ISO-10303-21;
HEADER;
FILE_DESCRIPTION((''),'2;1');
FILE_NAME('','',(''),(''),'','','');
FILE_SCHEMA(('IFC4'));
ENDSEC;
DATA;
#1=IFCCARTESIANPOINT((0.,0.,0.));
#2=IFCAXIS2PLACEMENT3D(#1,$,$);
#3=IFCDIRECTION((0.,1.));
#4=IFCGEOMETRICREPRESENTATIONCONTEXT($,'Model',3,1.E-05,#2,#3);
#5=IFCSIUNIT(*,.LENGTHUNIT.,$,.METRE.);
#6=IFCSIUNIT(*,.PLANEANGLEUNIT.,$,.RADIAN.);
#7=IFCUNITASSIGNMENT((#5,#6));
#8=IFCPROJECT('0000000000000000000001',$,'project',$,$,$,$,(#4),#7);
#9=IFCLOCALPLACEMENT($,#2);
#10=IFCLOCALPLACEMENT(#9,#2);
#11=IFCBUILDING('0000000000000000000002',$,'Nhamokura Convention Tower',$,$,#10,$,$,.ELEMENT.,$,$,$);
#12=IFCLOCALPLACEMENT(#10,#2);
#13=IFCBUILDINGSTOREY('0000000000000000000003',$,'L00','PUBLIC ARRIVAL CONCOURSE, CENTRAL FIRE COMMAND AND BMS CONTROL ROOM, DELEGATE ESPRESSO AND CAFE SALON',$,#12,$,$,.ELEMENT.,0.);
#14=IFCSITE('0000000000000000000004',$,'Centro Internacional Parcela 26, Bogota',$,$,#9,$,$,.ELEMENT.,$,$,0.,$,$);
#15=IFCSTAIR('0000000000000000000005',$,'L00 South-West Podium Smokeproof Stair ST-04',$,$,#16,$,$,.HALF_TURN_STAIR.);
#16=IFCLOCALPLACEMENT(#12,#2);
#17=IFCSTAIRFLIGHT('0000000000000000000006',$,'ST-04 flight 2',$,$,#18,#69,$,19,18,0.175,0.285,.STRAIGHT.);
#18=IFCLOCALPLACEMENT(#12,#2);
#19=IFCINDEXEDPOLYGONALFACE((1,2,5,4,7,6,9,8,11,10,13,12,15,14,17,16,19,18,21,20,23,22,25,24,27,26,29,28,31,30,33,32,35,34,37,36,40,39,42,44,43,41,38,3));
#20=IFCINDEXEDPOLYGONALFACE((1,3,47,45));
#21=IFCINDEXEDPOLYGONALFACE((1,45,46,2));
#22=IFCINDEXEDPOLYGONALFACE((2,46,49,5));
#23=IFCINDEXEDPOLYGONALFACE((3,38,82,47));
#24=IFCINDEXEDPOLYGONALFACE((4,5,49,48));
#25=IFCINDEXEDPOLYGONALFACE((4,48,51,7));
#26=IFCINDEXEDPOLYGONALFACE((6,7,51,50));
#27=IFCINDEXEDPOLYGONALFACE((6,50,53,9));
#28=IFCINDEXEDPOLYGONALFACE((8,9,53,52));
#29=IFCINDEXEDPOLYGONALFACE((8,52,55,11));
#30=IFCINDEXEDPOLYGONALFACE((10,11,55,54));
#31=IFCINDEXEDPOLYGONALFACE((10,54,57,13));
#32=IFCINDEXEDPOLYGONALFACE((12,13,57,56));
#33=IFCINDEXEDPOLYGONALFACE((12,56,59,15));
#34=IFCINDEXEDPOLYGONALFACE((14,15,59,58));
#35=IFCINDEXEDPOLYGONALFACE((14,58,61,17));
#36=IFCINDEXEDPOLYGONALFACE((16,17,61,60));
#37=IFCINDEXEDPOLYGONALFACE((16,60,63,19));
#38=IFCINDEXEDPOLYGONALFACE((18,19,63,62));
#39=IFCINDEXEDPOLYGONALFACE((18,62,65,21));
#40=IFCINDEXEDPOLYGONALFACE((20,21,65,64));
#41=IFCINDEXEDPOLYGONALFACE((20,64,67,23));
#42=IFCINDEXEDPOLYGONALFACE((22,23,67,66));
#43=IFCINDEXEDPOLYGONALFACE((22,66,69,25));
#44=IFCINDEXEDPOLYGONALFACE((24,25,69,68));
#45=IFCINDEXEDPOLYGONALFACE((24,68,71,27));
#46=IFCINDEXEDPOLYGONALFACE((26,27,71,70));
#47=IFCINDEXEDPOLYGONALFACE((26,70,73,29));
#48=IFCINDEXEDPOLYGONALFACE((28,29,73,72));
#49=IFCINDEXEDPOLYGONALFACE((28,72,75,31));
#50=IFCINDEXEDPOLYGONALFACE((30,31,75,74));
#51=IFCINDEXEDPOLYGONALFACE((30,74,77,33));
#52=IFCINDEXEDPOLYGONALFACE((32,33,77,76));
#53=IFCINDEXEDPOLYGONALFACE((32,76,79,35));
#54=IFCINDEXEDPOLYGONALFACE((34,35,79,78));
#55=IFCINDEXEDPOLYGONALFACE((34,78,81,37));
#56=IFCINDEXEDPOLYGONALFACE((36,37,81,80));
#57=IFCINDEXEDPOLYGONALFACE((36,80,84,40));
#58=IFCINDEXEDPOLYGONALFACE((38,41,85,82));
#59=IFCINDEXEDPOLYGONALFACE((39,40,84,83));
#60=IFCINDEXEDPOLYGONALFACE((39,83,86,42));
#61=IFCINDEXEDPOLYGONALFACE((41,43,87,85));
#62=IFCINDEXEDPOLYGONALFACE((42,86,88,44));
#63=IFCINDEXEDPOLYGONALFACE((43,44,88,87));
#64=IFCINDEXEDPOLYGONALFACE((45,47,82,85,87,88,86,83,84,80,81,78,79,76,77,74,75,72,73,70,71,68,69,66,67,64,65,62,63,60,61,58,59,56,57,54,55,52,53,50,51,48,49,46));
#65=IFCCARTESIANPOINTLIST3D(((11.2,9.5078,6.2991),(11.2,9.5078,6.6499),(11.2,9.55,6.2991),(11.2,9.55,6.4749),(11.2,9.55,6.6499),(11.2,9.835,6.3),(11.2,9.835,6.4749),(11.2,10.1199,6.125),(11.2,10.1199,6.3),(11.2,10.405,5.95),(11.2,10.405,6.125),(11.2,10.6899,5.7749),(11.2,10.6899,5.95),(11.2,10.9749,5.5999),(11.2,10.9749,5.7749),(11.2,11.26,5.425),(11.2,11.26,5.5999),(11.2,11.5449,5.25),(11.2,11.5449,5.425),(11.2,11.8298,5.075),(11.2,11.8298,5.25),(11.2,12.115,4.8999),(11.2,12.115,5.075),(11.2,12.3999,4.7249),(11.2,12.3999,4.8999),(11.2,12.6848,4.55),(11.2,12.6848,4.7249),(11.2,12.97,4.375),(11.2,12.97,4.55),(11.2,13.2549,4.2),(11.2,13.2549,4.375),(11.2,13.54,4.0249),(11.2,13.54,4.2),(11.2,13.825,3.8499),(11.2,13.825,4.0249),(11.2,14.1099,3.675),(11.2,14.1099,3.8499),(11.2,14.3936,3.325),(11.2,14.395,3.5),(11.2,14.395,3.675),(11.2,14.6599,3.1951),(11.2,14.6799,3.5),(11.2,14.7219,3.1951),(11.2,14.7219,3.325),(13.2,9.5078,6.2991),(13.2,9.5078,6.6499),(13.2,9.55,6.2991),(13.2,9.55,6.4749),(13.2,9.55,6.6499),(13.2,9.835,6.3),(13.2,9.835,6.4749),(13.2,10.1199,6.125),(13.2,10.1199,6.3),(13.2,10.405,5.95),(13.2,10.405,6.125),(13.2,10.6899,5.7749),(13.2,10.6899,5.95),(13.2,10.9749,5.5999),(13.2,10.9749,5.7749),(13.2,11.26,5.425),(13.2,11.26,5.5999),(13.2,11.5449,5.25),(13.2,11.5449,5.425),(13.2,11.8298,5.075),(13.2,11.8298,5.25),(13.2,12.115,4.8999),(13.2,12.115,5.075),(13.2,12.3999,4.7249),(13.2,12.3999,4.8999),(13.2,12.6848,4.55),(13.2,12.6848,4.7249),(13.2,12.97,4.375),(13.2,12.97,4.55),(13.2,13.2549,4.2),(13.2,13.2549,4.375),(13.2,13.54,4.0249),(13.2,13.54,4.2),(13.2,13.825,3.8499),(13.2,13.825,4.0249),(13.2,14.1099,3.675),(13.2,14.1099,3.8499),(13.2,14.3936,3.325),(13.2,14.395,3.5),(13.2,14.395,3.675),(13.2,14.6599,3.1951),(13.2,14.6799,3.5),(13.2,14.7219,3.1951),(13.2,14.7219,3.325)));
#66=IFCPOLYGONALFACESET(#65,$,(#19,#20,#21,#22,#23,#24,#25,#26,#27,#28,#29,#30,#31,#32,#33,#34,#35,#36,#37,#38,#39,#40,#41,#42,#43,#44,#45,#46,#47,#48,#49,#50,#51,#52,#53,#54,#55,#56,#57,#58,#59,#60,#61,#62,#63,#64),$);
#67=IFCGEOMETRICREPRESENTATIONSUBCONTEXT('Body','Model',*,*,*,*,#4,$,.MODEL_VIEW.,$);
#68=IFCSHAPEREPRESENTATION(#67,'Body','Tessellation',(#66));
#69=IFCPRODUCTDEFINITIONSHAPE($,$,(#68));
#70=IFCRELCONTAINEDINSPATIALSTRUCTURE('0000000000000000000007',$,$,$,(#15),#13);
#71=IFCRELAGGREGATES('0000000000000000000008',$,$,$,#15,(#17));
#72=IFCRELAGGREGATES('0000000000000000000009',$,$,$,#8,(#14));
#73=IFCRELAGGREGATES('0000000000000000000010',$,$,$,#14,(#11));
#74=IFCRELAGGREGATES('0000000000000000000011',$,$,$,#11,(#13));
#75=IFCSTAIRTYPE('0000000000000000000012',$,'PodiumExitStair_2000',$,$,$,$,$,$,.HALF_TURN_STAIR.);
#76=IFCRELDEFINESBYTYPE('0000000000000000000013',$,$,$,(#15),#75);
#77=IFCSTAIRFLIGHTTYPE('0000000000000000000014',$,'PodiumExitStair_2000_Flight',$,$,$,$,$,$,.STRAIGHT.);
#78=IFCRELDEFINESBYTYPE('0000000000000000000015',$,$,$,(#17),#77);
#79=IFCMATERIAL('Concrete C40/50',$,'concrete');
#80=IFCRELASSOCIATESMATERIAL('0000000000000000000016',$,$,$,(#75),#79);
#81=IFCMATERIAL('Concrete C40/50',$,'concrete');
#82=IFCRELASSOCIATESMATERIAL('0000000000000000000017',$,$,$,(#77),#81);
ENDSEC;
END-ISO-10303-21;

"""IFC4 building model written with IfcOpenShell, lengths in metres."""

from ifc_helpers import new_model, si_unit, direction, frame, origin, place, context, subcontext, project, spatial, polyline, outline, extrude, material, type_object, element, aggregate, save


model = new_model("IFC4")

# Units and contexts
model_context = context("Model", 3, precision=1e-05, world=origin(), true_north=direction((0.0, 1.0)))
body_context = subcontext(model_context, "Body", "Model", "MODEL_VIEW")
ifc_project = project(units=[si_unit("LENGTHUNIT", "METRE"), si_unit("PLANEANGLEUNIT", "RADIAN")], contexts=[model_context])

# Site, building, storey
site_placement = place(None, origin())
site = spatial("IfcSite", under=ifc_project, at=site_placement, Name="Centro Internacional Parcela 26, Bogota", CompositionType="ELEMENT", RefElevation=0.0)
building_placement = place(site_placement, origin())
building = spatial("IfcBuilding", under=site, at=building_placement, Name="Nhamokura Convention Tower", CompositionType="ELEMENT")
storey_placement = place(building_placement, origin())
storey = spatial("IfcBuildingStorey", under=building, at=storey_placement, Name="L00", Description="PUBLIC ARRIVAL CONCOURSE, CENTRAL FIRE COMMAND AND BMS CONTROL ROOM, DELEGATE ESPRESSO AND CAFE SALON", CompositionType="ELEMENT", Elevation=0.0)

# Stair, stair flight
ifc_material_1 = material(Name="Concrete C40/50", Category="concrete")
stair_type = type_object("IfcStairType", Name="PodiumExitStair_2000", PredefinedType="HALF_TURN_STAIR", material=ifc_material_1)
stair_placement = place(storey_placement, origin())
stair = element("IfcStair", 1, at=stair_placement, inside=storey, type_object=stair_type, Name="L00 South-West Podium Smokeproof Stair ST-04", PredefinedType="HALF_TURN_STAIR")
ifc_material_2 = material(Name="Concrete C40/50", Category="concrete")
stair_flight_type = type_object("IfcStairFlightType", Name="PodiumExitStair_2000_Flight", PredefinedType="STRAIGHT", material=ifc_material_2)
stair_flight_placement = place(storey_placement, frame((12.2, 14.6799, 3.325), z_axis=(0.0, 0.0, 1.0), x_axis=(0.0, -1.0, 0.0)))
stair_flight = element("IfcStairFlight", 2, at=stair_flight_placement, type_object=stair_flight_type, Name="ST-04 flight 2", NumberOfRisers=19, NumberOfTreads=18, PredefinedType="STRAIGHT", RiserHeight=0.175, TreadLength=0.285, context=body_context, shape_type="SweptSolid", body=[
    extrude(outline(polyline([(-0.042, 0.0), (0.0, 0.175), (0.2849, 0.175), (0.2849, 0.3501), (0.5701, 0.3501), (0.5701, 0.5249), (0.855, 0.5249), (0.855, 0.7), (1.1399, 0.7), (1.1399, 0.875), (1.425, 0.875), (1.425, 1.05), (1.71, 1.05), (1.71, 1.2251), (1.9951, 1.2251), (1.9951, 1.3999), (2.28, 1.3999), (2.28, 1.575), (2.5649, 1.575), (2.5649, 1.75), (2.8501, 1.75), (2.8501, 1.925), (3.135, 1.925), (3.135, 2.1001), (3.4199, 2.1001), (3.4199, 2.2749), (3.7051, 2.2749), (3.7051, 2.45), (3.99, 2.45), (3.99, 2.625), (4.2749, 2.625), (4.2749, 2.8), (4.5601, 2.8), (4.5601, 2.9751), (4.845, 2.9751), (4.845, 3.1499), (5.1299, 3.1499), (5.1299, 3.325), (5.1721, 3.325), (5.1721, 2.9741), (5.1299, 2.9741), (0.2864, 0.0), (0.02, -0.1299), (-0.042, -0.1299), (-0.042, 0.0)])), frame((0.0, 1.0, 0.0), z_axis=(0.0, -1.0, 0.0), x_axis=(1.0, 0.0, 0.0)), (0.0, 0.0, 1.0), 2.0),
])
aggregate(stair, [stair_flight])

save(model, "model.ifc")
